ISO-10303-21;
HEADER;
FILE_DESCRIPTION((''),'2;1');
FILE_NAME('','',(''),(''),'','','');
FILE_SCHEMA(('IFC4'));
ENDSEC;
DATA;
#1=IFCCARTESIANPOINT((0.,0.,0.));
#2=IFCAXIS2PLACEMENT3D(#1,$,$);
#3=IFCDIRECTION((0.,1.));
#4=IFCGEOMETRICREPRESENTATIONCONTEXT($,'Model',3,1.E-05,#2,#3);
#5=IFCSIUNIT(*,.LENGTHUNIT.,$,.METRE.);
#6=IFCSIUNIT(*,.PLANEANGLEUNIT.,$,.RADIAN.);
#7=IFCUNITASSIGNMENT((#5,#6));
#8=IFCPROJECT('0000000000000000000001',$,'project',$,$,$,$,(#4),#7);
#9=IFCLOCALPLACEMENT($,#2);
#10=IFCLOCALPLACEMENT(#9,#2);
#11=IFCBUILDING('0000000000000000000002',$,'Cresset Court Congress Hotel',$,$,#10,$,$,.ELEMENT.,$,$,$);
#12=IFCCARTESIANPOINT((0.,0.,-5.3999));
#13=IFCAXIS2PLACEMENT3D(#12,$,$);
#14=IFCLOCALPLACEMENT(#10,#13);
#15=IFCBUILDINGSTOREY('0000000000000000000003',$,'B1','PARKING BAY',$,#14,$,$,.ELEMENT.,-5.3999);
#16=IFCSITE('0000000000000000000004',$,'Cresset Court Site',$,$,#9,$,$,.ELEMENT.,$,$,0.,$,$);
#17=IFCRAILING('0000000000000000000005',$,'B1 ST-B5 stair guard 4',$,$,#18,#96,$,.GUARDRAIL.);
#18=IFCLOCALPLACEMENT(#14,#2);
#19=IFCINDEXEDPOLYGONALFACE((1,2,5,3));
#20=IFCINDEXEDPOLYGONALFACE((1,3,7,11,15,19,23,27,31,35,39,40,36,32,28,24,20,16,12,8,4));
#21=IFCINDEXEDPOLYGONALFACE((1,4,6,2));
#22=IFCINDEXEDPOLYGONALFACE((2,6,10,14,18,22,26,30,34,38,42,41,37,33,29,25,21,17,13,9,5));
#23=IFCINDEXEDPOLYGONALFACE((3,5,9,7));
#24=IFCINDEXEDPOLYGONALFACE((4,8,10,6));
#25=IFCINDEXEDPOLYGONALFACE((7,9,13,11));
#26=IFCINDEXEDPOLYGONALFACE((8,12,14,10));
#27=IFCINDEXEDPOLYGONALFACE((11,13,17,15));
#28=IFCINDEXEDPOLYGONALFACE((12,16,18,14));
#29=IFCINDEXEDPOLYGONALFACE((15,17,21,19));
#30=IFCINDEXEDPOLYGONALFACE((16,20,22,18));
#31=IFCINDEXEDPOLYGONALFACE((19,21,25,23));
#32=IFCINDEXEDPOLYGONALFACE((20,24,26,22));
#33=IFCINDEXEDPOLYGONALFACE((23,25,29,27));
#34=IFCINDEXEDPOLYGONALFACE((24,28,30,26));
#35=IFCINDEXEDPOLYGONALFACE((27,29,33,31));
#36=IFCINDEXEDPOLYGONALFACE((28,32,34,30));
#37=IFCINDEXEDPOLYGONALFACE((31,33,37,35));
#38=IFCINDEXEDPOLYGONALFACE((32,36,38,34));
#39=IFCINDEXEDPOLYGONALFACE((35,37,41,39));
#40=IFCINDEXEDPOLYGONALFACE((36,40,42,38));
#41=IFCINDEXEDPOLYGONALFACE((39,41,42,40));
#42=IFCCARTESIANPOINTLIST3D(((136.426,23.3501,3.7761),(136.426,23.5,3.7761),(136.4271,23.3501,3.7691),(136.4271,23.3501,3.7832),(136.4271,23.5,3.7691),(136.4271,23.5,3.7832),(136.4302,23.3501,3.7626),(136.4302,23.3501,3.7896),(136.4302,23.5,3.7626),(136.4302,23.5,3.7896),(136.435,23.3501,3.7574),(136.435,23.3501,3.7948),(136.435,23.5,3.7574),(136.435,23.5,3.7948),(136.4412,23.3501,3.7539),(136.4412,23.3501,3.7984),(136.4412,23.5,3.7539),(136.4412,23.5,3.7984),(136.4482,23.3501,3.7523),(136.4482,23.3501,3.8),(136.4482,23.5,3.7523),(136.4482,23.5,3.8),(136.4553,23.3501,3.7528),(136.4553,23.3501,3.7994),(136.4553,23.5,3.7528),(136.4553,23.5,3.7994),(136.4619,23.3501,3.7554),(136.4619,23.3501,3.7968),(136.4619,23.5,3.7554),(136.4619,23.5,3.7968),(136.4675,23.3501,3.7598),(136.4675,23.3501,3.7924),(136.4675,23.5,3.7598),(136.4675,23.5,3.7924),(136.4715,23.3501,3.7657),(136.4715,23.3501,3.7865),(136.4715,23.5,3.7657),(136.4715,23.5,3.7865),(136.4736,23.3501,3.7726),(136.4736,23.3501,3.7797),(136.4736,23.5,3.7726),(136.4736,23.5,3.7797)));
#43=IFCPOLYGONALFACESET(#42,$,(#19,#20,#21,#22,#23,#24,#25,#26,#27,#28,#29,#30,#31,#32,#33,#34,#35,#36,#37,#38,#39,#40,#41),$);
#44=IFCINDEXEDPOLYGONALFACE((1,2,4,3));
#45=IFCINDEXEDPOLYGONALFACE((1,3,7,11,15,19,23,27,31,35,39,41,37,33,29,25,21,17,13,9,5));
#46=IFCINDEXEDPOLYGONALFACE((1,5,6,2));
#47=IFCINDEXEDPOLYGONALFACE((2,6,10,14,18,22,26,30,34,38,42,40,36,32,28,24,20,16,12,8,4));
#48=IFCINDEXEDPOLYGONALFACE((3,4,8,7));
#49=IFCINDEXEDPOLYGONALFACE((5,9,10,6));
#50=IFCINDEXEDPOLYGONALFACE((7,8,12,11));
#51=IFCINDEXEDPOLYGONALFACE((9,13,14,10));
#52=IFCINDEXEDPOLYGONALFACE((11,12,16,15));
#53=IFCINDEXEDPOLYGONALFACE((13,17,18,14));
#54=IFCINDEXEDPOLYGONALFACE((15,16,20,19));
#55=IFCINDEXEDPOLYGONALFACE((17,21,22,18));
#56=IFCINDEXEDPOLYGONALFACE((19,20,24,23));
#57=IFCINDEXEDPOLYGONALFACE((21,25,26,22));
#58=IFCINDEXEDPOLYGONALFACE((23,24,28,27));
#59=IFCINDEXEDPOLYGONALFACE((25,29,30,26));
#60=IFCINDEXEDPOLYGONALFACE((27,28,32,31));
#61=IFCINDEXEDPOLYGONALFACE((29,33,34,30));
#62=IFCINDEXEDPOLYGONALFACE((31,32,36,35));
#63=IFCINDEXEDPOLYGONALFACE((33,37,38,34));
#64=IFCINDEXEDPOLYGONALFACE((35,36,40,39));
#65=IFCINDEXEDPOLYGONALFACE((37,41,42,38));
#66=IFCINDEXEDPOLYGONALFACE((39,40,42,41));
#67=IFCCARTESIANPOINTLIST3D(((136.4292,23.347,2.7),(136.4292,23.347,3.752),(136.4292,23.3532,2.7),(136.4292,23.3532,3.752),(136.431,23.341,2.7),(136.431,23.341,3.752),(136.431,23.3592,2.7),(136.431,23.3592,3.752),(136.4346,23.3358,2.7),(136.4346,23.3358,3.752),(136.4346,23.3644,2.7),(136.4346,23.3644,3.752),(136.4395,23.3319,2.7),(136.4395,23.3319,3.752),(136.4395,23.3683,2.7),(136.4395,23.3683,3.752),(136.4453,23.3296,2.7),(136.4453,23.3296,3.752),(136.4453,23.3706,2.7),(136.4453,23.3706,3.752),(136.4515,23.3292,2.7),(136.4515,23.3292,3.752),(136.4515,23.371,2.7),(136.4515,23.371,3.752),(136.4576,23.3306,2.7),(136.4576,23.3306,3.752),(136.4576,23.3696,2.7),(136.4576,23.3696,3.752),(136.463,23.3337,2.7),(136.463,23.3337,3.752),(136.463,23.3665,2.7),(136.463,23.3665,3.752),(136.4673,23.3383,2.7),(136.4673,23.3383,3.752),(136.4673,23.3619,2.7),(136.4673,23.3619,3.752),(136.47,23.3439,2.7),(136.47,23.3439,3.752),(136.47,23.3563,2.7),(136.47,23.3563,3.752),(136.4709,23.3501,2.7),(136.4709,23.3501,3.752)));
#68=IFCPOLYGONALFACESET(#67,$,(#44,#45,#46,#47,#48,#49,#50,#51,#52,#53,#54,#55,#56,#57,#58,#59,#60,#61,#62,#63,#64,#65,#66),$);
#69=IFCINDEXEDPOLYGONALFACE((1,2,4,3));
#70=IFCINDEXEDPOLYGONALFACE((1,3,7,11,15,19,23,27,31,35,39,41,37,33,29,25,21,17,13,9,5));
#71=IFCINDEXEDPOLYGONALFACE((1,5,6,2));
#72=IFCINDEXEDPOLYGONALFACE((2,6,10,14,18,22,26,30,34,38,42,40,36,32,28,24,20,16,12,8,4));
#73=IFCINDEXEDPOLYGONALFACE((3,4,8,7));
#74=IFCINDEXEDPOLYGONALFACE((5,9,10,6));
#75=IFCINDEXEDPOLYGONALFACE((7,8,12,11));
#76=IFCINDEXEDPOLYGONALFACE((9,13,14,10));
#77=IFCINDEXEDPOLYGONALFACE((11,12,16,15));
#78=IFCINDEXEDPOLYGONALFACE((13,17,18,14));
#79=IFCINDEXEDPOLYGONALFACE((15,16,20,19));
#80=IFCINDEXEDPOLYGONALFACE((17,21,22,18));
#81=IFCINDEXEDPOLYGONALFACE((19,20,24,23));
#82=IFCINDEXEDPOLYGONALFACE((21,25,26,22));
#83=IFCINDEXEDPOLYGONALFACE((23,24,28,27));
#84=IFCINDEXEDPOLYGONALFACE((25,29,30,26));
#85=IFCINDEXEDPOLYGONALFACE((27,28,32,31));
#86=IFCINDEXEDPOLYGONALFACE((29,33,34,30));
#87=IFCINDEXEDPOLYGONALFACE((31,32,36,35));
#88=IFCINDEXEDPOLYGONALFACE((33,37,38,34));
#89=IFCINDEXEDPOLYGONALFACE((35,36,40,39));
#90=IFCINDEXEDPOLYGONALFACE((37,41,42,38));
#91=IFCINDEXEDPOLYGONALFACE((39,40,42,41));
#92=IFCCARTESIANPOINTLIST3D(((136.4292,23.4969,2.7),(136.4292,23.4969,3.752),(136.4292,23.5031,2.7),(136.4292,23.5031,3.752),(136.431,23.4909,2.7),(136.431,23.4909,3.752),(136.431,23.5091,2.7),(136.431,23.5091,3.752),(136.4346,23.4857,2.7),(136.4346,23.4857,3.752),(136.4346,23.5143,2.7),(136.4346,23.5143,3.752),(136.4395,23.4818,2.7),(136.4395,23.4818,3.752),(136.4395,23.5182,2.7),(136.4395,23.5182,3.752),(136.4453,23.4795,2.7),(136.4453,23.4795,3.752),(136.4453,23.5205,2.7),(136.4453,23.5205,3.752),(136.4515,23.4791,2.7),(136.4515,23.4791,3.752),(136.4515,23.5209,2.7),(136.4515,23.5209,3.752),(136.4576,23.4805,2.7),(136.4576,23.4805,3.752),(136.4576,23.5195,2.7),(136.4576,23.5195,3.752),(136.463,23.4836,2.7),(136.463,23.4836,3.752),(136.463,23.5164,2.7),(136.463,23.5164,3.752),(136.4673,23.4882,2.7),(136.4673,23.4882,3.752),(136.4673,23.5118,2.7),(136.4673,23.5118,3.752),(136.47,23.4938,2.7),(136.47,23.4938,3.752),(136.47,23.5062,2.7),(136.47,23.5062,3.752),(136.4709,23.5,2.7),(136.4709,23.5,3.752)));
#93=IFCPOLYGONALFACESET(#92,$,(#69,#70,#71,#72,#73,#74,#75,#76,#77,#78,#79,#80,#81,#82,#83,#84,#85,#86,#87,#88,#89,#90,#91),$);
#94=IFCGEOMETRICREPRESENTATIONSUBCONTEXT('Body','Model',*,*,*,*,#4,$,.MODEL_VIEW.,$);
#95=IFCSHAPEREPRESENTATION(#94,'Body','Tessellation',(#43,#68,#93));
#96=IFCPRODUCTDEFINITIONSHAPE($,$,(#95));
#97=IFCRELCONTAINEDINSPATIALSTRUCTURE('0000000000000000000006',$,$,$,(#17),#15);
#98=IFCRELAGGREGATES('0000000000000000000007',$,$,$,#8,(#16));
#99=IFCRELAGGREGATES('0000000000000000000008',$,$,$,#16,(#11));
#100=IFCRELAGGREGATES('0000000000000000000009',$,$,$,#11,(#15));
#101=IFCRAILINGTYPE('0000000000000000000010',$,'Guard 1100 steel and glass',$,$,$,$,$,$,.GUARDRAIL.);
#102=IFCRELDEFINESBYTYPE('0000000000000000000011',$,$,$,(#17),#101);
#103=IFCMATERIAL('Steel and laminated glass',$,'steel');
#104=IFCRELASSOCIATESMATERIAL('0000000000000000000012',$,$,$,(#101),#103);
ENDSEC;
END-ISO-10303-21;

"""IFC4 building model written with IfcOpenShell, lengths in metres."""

from ifc_helpers import new_model, si_unit, direction, frame, origin, origin_2d, place, context, subcontext, project, spatial, circle, extrude, material, type_object, element, save


model = new_model("IFC4")

# Units and contexts
model_context = context("Model", 3, precision=1e-05, world=origin(), true_north=direction((0.0, 1.0)))
body_context = subcontext(model_context, "Body", "Model", "MODEL_VIEW")
ifc_project = project(units=[si_unit("LENGTHUNIT", "METRE"), si_unit("PLANEANGLEUNIT", "RADIAN")], contexts=[model_context])

# Site, building, storey
site_placement = place(None, origin())
site = spatial("IfcSite", under=ifc_project, at=site_placement, Name="Cresset Court Site", CompositionType="ELEMENT", RefElevation=0.0)
building_placement = place(site_placement, origin())
building = spatial("IfcBuilding", under=site, at=building_placement, Name="Cresset Court Congress Hotel", CompositionType="ELEMENT")
storey_placement = place(building_placement, frame((0.0, 0.0, -5.3999)))
storey = spatial("IfcBuildingStorey", under=building, at=storey_placement, Name="B1", Description="PARKING BAY", CompositionType="ELEMENT", Elevation=-5.3999)

# Railing
ifc_material_1 = material(Name="Steel and laminated glass", Category="steel")
railing_type_1 = type_object("IfcRailingType", Name="Guard 1100 steel and glass", PredefinedType="GUARDRAIL", material=ifc_material_1)
railing_1_placement = place(storey_placement, frame((136.45, 23.3501, 2.7)))
element("IfcRailing", 1, at=railing_1_placement, inside=storey, type_object=railing_type_1, Name="B1 ST-B5 stair guard 4", PredefinedType="GUARDRAIL", context=body_context, shape_type="SweptSolid", body=[
    extrude(circle(Radius=0.0239, at=origin_2d()), frame((0.0, 0.0, 1.0762), z_axis=(0.0, 1.0, 0.0), x_axis=(-1.0, 0.0, 0.0)), (0.0, 0.0, 1.0), 0.1499),
    extrude(circle(Radius=0.021, at=origin_2d()), origin(), (0.0, 0.0, 1.0), 1.052),
    extrude(circle(Radius=0.021, at=origin_2d()), frame((0.0, 0.1499, 0.0)), (0.0, 0.0, 1.0), 1.052),
])

save(model, "model.ifc")
